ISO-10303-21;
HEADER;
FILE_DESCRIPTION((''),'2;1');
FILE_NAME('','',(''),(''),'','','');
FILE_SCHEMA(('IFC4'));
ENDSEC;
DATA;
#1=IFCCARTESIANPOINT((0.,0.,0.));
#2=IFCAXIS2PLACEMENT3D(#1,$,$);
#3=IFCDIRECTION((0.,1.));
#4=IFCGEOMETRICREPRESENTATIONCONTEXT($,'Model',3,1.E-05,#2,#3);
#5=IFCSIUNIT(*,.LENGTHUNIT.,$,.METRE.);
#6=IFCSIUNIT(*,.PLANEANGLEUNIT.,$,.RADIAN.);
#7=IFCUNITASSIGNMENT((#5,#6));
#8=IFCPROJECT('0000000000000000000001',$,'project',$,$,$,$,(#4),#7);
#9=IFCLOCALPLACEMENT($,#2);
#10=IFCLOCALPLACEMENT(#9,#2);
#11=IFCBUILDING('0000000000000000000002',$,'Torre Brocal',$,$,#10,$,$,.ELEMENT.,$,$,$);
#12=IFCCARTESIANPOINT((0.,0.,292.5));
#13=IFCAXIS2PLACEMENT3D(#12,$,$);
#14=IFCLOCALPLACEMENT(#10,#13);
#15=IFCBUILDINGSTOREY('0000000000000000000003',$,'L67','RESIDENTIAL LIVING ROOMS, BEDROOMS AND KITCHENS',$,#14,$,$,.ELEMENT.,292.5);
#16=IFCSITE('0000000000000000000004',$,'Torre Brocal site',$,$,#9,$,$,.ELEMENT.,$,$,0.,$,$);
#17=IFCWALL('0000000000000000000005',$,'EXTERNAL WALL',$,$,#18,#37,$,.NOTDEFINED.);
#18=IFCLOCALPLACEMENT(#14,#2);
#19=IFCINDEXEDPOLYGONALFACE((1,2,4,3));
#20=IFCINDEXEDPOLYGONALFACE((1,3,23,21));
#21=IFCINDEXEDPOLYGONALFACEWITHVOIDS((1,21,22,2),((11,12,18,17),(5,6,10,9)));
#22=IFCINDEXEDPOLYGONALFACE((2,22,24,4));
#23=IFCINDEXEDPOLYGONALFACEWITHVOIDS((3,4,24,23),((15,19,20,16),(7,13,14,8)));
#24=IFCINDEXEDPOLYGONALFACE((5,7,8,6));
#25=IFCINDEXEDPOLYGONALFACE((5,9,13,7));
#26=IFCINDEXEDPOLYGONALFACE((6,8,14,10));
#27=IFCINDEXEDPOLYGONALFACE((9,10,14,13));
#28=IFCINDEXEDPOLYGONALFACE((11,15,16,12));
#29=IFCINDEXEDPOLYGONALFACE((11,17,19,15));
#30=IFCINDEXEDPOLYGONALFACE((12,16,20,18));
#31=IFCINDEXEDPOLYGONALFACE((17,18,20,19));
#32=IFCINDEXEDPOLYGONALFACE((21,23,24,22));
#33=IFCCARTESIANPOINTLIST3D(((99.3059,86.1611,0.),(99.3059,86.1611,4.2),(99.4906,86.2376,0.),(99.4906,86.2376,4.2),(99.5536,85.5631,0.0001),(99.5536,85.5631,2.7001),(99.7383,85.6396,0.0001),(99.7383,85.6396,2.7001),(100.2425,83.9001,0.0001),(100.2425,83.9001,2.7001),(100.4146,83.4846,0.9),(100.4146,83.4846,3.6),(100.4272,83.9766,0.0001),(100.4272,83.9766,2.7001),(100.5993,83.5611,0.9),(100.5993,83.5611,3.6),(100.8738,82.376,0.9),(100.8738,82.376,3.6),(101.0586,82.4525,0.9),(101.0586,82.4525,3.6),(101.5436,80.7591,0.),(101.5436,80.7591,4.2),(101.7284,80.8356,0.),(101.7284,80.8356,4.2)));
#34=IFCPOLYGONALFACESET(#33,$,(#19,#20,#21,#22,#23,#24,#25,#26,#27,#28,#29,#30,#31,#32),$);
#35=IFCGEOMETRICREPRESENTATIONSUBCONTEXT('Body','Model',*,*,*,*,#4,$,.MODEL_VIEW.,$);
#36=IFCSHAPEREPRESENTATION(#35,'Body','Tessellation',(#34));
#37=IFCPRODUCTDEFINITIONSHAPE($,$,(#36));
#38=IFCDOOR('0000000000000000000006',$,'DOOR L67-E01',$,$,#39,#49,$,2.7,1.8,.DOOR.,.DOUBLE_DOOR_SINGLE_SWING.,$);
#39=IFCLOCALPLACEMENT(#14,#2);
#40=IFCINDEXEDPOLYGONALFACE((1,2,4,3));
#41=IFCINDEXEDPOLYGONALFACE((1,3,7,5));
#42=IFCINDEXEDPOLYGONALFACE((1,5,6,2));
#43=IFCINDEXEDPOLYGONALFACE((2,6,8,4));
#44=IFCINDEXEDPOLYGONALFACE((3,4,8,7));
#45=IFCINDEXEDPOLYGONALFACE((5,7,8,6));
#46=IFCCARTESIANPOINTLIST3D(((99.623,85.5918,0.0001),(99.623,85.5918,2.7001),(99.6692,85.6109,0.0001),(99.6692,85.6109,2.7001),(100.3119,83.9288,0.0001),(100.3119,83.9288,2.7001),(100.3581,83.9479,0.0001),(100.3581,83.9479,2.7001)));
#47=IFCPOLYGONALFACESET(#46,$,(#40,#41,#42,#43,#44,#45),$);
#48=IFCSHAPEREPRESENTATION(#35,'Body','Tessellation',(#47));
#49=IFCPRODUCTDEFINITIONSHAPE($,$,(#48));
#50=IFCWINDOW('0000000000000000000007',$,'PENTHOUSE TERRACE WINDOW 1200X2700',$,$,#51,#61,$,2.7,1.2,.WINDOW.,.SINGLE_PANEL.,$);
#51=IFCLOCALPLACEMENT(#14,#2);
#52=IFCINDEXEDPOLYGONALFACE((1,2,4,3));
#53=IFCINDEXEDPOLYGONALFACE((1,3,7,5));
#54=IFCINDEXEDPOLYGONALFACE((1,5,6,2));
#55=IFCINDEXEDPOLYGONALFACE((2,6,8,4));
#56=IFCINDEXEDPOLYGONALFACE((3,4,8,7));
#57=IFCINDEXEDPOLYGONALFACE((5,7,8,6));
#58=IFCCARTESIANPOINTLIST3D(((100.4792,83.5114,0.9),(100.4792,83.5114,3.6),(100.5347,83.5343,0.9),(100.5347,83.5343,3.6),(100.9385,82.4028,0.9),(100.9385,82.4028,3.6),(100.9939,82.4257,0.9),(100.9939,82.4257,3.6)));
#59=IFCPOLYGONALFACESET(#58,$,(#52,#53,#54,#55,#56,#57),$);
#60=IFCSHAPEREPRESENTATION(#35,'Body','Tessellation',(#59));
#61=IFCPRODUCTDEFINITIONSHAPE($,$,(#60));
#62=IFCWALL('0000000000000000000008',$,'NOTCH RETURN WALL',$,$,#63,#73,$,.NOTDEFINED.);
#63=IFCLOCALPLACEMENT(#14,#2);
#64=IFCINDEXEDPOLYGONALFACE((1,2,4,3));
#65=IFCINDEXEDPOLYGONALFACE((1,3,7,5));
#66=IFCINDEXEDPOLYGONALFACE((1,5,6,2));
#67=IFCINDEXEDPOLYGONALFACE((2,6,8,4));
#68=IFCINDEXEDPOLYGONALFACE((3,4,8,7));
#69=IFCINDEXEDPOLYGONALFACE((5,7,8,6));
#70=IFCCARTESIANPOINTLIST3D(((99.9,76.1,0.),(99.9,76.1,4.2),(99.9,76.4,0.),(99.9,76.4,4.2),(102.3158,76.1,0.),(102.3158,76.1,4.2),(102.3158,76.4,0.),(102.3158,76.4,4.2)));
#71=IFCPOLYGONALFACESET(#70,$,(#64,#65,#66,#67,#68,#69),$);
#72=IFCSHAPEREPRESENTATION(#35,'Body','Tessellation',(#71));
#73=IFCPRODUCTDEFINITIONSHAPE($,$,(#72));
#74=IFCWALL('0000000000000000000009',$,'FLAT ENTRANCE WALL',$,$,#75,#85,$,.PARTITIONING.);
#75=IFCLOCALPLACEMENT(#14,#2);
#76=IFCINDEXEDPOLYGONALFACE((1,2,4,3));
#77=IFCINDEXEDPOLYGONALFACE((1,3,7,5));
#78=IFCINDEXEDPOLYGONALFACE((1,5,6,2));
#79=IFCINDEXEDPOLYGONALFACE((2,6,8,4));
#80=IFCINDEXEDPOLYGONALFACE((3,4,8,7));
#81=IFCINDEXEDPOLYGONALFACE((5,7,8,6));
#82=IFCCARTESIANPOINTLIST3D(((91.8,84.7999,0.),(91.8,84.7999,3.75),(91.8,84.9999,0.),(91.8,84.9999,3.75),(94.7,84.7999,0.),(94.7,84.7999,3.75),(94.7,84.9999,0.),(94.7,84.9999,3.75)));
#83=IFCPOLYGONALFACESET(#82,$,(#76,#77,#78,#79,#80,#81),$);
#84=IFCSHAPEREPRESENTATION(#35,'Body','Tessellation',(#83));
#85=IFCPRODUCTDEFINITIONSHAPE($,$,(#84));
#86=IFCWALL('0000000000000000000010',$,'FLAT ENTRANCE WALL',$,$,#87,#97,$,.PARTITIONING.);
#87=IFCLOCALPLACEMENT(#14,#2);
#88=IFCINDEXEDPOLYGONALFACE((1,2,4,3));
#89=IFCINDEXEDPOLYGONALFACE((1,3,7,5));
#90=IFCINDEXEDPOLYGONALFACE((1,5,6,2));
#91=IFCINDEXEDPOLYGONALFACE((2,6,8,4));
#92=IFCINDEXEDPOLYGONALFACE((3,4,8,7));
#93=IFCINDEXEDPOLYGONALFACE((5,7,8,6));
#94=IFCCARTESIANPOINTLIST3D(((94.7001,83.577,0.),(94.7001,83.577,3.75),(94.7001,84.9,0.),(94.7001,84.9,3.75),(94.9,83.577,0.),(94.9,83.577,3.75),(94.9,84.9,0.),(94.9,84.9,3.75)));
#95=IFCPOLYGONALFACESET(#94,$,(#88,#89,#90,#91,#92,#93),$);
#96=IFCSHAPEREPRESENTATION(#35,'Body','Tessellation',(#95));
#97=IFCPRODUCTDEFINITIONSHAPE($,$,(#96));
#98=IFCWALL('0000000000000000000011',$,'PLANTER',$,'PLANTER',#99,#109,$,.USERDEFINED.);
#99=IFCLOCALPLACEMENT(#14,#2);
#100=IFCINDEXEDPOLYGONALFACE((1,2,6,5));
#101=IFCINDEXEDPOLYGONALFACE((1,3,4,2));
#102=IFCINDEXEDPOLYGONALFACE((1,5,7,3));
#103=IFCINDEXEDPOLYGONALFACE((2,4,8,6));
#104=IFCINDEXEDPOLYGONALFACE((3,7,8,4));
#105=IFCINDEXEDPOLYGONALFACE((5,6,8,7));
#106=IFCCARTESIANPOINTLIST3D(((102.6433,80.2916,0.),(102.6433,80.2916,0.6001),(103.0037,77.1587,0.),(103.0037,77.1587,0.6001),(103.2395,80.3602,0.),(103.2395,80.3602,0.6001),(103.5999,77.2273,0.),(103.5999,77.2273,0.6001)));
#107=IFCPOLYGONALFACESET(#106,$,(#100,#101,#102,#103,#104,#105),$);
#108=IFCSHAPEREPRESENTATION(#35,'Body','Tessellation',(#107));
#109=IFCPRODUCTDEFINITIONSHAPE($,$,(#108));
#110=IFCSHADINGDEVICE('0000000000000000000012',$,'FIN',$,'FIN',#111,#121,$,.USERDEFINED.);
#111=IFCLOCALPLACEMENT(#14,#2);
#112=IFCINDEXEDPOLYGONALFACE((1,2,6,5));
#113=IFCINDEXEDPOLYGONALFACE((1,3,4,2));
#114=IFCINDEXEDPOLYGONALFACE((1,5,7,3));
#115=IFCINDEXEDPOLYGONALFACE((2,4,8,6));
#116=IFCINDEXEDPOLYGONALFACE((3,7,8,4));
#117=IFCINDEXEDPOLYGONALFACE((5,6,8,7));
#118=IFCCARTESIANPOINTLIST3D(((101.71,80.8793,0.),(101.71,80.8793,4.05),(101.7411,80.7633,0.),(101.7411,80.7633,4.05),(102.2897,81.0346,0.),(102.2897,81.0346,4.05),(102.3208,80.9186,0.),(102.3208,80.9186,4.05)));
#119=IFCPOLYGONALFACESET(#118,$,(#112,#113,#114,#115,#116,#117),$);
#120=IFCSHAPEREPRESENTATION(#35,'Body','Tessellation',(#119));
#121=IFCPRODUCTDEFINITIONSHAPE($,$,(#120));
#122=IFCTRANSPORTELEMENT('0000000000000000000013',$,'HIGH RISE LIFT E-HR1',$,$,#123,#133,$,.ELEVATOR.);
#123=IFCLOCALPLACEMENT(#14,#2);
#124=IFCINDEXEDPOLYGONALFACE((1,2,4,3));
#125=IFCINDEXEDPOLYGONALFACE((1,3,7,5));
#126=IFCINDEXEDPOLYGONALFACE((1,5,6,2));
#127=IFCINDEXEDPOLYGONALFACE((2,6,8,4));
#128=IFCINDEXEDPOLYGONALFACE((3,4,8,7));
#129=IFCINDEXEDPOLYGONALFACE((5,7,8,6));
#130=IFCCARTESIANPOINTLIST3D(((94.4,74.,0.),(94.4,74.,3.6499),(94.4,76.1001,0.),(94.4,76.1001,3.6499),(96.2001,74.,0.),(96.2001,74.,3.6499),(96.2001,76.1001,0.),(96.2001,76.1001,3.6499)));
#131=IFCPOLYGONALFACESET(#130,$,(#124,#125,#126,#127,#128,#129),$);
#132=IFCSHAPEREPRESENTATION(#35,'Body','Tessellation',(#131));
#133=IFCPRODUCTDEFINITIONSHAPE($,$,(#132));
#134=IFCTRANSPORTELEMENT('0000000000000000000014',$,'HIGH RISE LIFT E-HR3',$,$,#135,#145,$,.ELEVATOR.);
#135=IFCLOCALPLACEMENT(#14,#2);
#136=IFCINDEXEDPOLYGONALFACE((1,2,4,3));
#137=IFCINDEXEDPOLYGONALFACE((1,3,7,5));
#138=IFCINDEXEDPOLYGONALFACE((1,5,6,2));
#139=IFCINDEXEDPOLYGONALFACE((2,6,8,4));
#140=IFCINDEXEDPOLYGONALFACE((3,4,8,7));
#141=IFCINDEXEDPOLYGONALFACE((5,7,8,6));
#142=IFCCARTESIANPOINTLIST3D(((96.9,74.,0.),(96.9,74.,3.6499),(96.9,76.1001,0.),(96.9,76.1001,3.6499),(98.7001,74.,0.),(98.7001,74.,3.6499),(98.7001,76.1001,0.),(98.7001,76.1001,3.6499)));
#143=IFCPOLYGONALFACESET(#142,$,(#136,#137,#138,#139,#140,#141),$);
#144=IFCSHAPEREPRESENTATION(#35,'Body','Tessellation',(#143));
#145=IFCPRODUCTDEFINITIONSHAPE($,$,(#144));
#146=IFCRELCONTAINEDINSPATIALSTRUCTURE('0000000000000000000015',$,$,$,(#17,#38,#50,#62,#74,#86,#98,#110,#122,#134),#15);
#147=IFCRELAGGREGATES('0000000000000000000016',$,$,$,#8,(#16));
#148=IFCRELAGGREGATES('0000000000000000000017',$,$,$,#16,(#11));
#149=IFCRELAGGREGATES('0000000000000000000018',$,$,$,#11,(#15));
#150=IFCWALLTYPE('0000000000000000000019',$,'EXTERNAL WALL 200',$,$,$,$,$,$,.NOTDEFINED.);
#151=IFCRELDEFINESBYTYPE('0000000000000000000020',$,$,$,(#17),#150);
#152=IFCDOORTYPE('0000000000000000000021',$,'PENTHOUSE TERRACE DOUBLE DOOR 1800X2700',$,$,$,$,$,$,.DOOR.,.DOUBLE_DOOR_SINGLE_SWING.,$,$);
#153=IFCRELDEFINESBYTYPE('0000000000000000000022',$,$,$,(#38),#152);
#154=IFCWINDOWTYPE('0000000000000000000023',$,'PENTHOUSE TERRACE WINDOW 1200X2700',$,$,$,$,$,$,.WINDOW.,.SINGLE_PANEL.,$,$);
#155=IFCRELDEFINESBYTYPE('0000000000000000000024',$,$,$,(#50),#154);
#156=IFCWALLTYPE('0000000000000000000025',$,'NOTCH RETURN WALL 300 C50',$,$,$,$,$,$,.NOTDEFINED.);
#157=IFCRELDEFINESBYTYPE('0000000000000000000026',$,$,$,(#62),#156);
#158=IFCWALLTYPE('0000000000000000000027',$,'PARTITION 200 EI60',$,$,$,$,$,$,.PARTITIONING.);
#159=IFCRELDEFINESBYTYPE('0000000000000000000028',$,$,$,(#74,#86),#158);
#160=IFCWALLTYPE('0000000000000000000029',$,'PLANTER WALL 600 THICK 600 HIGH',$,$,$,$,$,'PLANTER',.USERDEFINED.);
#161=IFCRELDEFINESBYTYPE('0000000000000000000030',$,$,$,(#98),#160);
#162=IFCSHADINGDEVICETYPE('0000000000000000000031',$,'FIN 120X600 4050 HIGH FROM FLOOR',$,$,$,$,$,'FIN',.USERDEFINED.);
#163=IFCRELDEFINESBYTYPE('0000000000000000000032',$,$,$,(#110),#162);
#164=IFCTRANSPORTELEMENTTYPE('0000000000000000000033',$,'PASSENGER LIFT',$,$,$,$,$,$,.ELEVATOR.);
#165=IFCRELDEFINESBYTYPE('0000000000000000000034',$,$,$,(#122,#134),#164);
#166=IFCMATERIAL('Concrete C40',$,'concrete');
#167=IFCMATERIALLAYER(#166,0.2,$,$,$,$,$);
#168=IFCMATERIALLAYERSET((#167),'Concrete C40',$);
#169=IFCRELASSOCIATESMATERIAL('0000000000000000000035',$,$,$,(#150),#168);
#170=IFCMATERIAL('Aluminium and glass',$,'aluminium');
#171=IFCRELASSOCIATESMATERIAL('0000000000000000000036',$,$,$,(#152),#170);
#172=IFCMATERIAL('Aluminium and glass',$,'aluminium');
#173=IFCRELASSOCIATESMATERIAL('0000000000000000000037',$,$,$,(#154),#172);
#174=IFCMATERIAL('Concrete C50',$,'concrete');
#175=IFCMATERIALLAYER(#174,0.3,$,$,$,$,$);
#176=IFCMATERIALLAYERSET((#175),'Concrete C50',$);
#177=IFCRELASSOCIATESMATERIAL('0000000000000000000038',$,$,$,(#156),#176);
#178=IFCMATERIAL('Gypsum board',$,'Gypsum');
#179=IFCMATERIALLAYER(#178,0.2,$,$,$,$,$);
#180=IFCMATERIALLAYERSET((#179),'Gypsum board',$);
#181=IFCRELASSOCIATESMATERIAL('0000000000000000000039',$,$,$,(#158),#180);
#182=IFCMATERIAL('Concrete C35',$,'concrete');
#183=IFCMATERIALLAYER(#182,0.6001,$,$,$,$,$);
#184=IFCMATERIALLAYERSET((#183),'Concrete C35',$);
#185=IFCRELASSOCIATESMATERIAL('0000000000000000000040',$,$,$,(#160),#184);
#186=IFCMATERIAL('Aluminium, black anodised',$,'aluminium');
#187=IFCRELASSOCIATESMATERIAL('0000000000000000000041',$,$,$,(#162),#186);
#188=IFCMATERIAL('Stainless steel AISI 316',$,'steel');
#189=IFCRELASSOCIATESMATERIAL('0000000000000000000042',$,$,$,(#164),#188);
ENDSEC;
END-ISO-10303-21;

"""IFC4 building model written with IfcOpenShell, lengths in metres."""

from ifc_helpers import new_model, si_unit, direction, frame, frame_2d, origin, origin_2d, place, context, subcontext, project, spatial, rectangle, extrude, material, layer, layer_set, material_profile, profile_set, type_object, element, fill, save


model = new_model("IFC4")

# Units and contexts
model_context = context("Model", 3, precision=1e-05, world=origin(), true_north=direction((0.0, 1.0)))
body_context = subcontext(model_context, "Body", "Model", "MODEL_VIEW")
ifc_project = project(units=[si_unit("LENGTHUNIT", "METRE"), si_unit("PLANEANGLEUNIT", "RADIAN")], contexts=[model_context])

# Site, building, storey
site_placement = place(None, origin())
site = spatial("IfcSite", under=ifc_project, at=site_placement, Name="Torre Brocal site", CompositionType="ELEMENT", RefElevation=0.0)
building_placement = place(site_placement, origin())
building = spatial("IfcBuilding", under=site, at=building_placement, Name="Torre Brocal", CompositionType="ELEMENT")
storey_placement = place(building_placement, frame((0.0, 0.0, 292.5)))
storey = spatial("IfcBuildingStorey", under=building, at=storey_placement, Name="L67", Description="RESIDENTIAL LIVING ROOMS, BEDROOMS AND KITCHENS", CompositionType="ELEMENT", Elevation=292.5)

# Wall, openings, door, window
ifc_material_1 = material(Name="Concrete C40", Category="concrete")
ifc_layer_1 = layer(ifc_material_1, 0.2)
ifc_layer_set_1 = layer_set([ifc_layer_1], Name="Concrete C40")
wall_type_1 = type_object("IfcWallType", Name="EXTERNAL WALL 200", PredefinedType="NOTDEFINED", material=ifc_layer_set_1)
wall_1_placement = place(storey_placement, frame((101.636, 80.7974, 0.0), z_axis=(0.0, 0.0, 1.0), x_axis=(-0.382708, 0.923869, 0.0)))
wall_1 = element("IfcWall", 1, at=wall_1_placement, inside=storey, type_object=wall_type_1, Name="EXTERNAL WALL", PredefinedType="NOTDEFINED", context=body_context, shape_type="SweptSolid", body=[
    extrude(rectangle(XDim=5.8472, YDim=0.2, at=frame_2d((2.9236, 0.0))), origin(), (0.0, 0.0, 1.0), 4.2),
])
opening_1_placement = place(wall_1_placement, frame((1.75, 0.0, 0.8999)))
opening_1 = element("IfcOpeningElement", 2, at=opening_1_placement, cuts=wall_1, PredefinedType="OPENING", context=body_context, shape_type="SweptSolid", body=[
    extrude(rectangle(XDim=1.2, YDim=2.7, at=frame_2d((0.6001, 1.3501))), frame((0.0, 0.1099, 0.0), z_axis=(0.0, -1.0, 0.0), x_axis=(1.0, 0.0, 0.0)), (0.0, 0.0, 1.0), 0.22),
])
opening_2_placement = place(wall_1_placement, frame((3.3999, 0.0, 0.0)))
opening_2 = element("IfcOpeningElement", 3, at=opening_2_placement, cuts=wall_1, PredefinedType="OPENING", context=body_context, shape_type="SweptSolid", body=[
    extrude(rectangle(XDim=1.8, YDim=2.7, at=frame_2d((0.8999, 1.3501))), frame((0.0, 0.1099, 0.0), z_axis=(0.0, -1.0, 0.0), x_axis=(1.0, 0.0, 0.0)), (0.0, 0.0, 1.0), 0.22),
])
ifc_material_2 = material(Name="Aluminium and glass", Category="aluminium")
door_type_1 = type_object("IfcDoorType", Name="PENTHOUSE TERRACE DOUBLE DOOR 1800X2700", OperationType="DOUBLE_DOOR_SINGLE_SWING", PredefinedType="DOOR", material=ifc_material_2)
door_1_placement = place(opening_2_placement, origin())
door_1 = element("IfcDoor", 4, at=door_1_placement, inside=storey, type_object=door_type_1, Name="DOOR L67-E01", OperationType="DOUBLE_DOOR_SINGLE_SWING", OverallHeight=2.7, OverallWidth=1.8, PredefinedType="DOOR", context=body_context, shape_type="SweptSolid", body=[
    extrude(rectangle(XDim=1.8, YDim=2.7, at=frame_2d((0.8999, 1.3501))), frame((0.0, 0.0249, 0.0), z_axis=(0.0, -1.0, 0.0), x_axis=(1.0, 0.0, 0.0)), (0.0, 0.0, 1.0), 0.05),
])
fill(opening_2, door_1)
ifc_material_3 = material(Name="Aluminium and glass", Category="aluminium")
window_type = type_object("IfcWindowType", Name="PENTHOUSE TERRACE WINDOW 1200X2700", PartitioningType="SINGLE_PANEL", PredefinedType="WINDOW", material=ifc_material_3)
window_placement = place(opening_1_placement, origin())
window = element("IfcWindow", 5, at=window_placement, inside=storey, type_object=window_type, Name="PENTHOUSE TERRACE WINDOW 1200X2700", OverallHeight=2.7, OverallWidth=1.2, PartitioningType="SINGLE_PANEL", PredefinedType="WINDOW", context=body_context, shape_type="SweptSolid", body=[
    extrude(rectangle(XDim=1.2, YDim=2.7, at=frame_2d((0.6001, 1.3501))), frame((0.0, 0.03, 0.0), z_axis=(0.0, -1.0, 0.0), x_axis=(1.0, 0.0, 0.0)), (0.0, 0.0, 1.0), 0.0601),
])
fill(opening_1, window)

# Walls
ifc_material_4 = material(Name="Concrete C50", Category="concrete")
ifc_layer_2 = layer(ifc_material_4, 0.3)
ifc_layer_set_2 = layer_set([ifc_layer_2], Name="Concrete C50")
wall_type_2 = type_object("IfcWallType", Name="NOTCH RETURN WALL 300 C50", PredefinedType="NOTDEFINED", material=ifc_layer_set_2)
wall_2_placement = place(storey_placement, frame((99.8999, 76.25, 0.0), z_axis=(0.0, 0.0, 1.0), x_axis=(1.0, 0.0, 0.0)))
element("IfcWall", 6, at=wall_2_placement, inside=storey, type_object=wall_type_2, Name="NOTCH RETURN WALL", PredefinedType="NOTDEFINED", context=body_context, shape_type="SweptSolid", body=[
    extrude(rectangle(XDim=2.4158, YDim=0.3, at=frame_2d((1.208, 0.0))), origin(), (0.0, 0.0, 1.0), 4.2),
])
ifc_material_5 = material(Name="Gypsum board", Category="Gypsum")
ifc_layer_3 = layer(ifc_material_5, 0.2)
ifc_layer_set_3 = layer_set([ifc_layer_3], Name="Gypsum board")
wall_type_3 = type_object("IfcWallType", Name="PARTITION 200 EI60", PredefinedType="PARTITIONING", material=ifc_layer_set_3)
wall_3_placement = place(storey_placement, frame((91.8, 84.8999, 0.0), z_axis=(0.0, 0.0, 1.0), x_axis=(1.0, 0.0, 0.0)))
element("IfcWall", 7, at=wall_3_placement, inside=storey, type_object=wall_type_3, Name="FLAT ENTRANCE WALL", PredefinedType="PARTITIONING", context=body_context, shape_type="SweptSolid", body=[
    extrude(rectangle(XDim=2.8999, YDim=0.2, at=frame_2d((1.45, 0.0))), origin(), (0.0, 0.0, 1.0), 3.75),
])
wall_4_placement = place(storey_placement, frame((94.8, 83.5769, 0.0), z_axis=(0.0, 0.0, 1.0), x_axis=(0.0, 1.0, 0.0)))
element("IfcWall", 8, at=wall_4_placement, inside=storey, type_object=wall_type_3, Name="FLAT ENTRANCE WALL", PredefinedType="PARTITIONING", context=body_context, shape_type="SweptSolid", body=[
    extrude(rectangle(XDim=1.323, YDim=0.2, at=frame_2d((0.6616, 0.0))), origin(), (0.0, 0.0, 1.0), 3.75),
])
ifc_material_6 = material(Name="Concrete C35", Category="concrete")
ifc_layer_4 = layer(ifc_material_6, 0.6001)
ifc_layer_set_4 = layer_set([ifc_layer_4], Name="Concrete C35")
wall_type_4 = type_object("IfcWallType", Name="PLANTER WALL 600 THICK 600 HIGH", ElementType="PLANTER", PredefinedType="USERDEFINED", material=ifc_layer_set_4)
wall_5_placement = place(storey_placement, frame((103.3018, 77.1931, 0.0), z_axis=(0.0, 0.0, 1.0), x_axis=(-0.114271, 0.99345, 0.0)))
element("IfcWall", 9, at=wall_5_placement, inside=storey, type_object=wall_type_4, Name="PLANTER", ObjectType="PLANTER", PredefinedType="USERDEFINED", context=body_context, shape_type="SweptSolid", body=[
    extrude(rectangle(XDim=3.1536, YDim=0.6001, at=frame_2d((1.5767, 0.0))), origin(), (0.0, 0.0, 1.0), 0.6001),
])

# Shading device
ifc_material_7 = material(Name="Aluminium, black anodised", Category="aluminium")
ifc_material_profile_1 = material_profile(ifc_material_7, rectangle(XDim=0.1201, YDim=0.6001, at=origin_2d()), Name="FIN 120X600 4050 HIGH FROM FLOOR")
ifc_profile_set_1 = profile_set([ifc_material_profile_1], Name="Aluminium, black anodised")
shading_device_type = type_object("IfcShadingDeviceType", Name="FIN 120X600 4050 HIGH FROM FLOOR", ElementType="FIN", PredefinedType="USERDEFINED", material=ifc_profile_set_1)
shading_device_placement = place(storey_placement, frame((102.0154, 80.8989, 0.0), z_axis=(0.0, 0.0, 1.0), x_axis=(-0.258819, 0.965926, 0.0)))
element("IfcShadingDevice", 10, at=shading_device_placement, inside=storey, type_object=shading_device_type, Name="FIN", ObjectType="FIN", PredefinedType="USERDEFINED", context=body_context, shape_type="SweptSolid", body=[
    extrude(rectangle(XDim=0.1201, YDim=0.6001, at=origin_2d()), origin(), (0.0, 0.0, 1.0), 4.05),
])

# Transport elements
ifc_material_8 = material(Name="Stainless steel AISI 316", Category="steel")
transport_element_type = type_object("IfcTransportElementType", Name="PASSENGER LIFT", PredefinedType="ELEVATOR", material=ifc_material_8)
for number, where, z_axis, x_axis, name in (
    (11, (95.3, 75.05, 0.0), (0.0, 0.0, 1.0), (1.0, 0.0, 0.0), "HIGH RISE LIFT E-HR1"),
    (12, (97.8, 75.05, 0.0), (0.0, 0.0, 1.0), (1.0, 0.0, 0.0), "HIGH RISE LIFT E-HR3"),
):
    element("IfcTransportElement", number, at=place(storey_placement, frame(where, z_axis=z_axis, x_axis=x_axis)), inside=storey, type_object=transport_element_type, Name=name, PredefinedType="ELEVATOR", context=body_context, shape_type="SweptSolid", body=[
        extrude(rectangle(XDim=1.8, YDim=2.1001, at=origin_2d()), origin(), (0.0, 0.0, 1.0), 3.6499),
    ])

save(model, "model.ifc")
